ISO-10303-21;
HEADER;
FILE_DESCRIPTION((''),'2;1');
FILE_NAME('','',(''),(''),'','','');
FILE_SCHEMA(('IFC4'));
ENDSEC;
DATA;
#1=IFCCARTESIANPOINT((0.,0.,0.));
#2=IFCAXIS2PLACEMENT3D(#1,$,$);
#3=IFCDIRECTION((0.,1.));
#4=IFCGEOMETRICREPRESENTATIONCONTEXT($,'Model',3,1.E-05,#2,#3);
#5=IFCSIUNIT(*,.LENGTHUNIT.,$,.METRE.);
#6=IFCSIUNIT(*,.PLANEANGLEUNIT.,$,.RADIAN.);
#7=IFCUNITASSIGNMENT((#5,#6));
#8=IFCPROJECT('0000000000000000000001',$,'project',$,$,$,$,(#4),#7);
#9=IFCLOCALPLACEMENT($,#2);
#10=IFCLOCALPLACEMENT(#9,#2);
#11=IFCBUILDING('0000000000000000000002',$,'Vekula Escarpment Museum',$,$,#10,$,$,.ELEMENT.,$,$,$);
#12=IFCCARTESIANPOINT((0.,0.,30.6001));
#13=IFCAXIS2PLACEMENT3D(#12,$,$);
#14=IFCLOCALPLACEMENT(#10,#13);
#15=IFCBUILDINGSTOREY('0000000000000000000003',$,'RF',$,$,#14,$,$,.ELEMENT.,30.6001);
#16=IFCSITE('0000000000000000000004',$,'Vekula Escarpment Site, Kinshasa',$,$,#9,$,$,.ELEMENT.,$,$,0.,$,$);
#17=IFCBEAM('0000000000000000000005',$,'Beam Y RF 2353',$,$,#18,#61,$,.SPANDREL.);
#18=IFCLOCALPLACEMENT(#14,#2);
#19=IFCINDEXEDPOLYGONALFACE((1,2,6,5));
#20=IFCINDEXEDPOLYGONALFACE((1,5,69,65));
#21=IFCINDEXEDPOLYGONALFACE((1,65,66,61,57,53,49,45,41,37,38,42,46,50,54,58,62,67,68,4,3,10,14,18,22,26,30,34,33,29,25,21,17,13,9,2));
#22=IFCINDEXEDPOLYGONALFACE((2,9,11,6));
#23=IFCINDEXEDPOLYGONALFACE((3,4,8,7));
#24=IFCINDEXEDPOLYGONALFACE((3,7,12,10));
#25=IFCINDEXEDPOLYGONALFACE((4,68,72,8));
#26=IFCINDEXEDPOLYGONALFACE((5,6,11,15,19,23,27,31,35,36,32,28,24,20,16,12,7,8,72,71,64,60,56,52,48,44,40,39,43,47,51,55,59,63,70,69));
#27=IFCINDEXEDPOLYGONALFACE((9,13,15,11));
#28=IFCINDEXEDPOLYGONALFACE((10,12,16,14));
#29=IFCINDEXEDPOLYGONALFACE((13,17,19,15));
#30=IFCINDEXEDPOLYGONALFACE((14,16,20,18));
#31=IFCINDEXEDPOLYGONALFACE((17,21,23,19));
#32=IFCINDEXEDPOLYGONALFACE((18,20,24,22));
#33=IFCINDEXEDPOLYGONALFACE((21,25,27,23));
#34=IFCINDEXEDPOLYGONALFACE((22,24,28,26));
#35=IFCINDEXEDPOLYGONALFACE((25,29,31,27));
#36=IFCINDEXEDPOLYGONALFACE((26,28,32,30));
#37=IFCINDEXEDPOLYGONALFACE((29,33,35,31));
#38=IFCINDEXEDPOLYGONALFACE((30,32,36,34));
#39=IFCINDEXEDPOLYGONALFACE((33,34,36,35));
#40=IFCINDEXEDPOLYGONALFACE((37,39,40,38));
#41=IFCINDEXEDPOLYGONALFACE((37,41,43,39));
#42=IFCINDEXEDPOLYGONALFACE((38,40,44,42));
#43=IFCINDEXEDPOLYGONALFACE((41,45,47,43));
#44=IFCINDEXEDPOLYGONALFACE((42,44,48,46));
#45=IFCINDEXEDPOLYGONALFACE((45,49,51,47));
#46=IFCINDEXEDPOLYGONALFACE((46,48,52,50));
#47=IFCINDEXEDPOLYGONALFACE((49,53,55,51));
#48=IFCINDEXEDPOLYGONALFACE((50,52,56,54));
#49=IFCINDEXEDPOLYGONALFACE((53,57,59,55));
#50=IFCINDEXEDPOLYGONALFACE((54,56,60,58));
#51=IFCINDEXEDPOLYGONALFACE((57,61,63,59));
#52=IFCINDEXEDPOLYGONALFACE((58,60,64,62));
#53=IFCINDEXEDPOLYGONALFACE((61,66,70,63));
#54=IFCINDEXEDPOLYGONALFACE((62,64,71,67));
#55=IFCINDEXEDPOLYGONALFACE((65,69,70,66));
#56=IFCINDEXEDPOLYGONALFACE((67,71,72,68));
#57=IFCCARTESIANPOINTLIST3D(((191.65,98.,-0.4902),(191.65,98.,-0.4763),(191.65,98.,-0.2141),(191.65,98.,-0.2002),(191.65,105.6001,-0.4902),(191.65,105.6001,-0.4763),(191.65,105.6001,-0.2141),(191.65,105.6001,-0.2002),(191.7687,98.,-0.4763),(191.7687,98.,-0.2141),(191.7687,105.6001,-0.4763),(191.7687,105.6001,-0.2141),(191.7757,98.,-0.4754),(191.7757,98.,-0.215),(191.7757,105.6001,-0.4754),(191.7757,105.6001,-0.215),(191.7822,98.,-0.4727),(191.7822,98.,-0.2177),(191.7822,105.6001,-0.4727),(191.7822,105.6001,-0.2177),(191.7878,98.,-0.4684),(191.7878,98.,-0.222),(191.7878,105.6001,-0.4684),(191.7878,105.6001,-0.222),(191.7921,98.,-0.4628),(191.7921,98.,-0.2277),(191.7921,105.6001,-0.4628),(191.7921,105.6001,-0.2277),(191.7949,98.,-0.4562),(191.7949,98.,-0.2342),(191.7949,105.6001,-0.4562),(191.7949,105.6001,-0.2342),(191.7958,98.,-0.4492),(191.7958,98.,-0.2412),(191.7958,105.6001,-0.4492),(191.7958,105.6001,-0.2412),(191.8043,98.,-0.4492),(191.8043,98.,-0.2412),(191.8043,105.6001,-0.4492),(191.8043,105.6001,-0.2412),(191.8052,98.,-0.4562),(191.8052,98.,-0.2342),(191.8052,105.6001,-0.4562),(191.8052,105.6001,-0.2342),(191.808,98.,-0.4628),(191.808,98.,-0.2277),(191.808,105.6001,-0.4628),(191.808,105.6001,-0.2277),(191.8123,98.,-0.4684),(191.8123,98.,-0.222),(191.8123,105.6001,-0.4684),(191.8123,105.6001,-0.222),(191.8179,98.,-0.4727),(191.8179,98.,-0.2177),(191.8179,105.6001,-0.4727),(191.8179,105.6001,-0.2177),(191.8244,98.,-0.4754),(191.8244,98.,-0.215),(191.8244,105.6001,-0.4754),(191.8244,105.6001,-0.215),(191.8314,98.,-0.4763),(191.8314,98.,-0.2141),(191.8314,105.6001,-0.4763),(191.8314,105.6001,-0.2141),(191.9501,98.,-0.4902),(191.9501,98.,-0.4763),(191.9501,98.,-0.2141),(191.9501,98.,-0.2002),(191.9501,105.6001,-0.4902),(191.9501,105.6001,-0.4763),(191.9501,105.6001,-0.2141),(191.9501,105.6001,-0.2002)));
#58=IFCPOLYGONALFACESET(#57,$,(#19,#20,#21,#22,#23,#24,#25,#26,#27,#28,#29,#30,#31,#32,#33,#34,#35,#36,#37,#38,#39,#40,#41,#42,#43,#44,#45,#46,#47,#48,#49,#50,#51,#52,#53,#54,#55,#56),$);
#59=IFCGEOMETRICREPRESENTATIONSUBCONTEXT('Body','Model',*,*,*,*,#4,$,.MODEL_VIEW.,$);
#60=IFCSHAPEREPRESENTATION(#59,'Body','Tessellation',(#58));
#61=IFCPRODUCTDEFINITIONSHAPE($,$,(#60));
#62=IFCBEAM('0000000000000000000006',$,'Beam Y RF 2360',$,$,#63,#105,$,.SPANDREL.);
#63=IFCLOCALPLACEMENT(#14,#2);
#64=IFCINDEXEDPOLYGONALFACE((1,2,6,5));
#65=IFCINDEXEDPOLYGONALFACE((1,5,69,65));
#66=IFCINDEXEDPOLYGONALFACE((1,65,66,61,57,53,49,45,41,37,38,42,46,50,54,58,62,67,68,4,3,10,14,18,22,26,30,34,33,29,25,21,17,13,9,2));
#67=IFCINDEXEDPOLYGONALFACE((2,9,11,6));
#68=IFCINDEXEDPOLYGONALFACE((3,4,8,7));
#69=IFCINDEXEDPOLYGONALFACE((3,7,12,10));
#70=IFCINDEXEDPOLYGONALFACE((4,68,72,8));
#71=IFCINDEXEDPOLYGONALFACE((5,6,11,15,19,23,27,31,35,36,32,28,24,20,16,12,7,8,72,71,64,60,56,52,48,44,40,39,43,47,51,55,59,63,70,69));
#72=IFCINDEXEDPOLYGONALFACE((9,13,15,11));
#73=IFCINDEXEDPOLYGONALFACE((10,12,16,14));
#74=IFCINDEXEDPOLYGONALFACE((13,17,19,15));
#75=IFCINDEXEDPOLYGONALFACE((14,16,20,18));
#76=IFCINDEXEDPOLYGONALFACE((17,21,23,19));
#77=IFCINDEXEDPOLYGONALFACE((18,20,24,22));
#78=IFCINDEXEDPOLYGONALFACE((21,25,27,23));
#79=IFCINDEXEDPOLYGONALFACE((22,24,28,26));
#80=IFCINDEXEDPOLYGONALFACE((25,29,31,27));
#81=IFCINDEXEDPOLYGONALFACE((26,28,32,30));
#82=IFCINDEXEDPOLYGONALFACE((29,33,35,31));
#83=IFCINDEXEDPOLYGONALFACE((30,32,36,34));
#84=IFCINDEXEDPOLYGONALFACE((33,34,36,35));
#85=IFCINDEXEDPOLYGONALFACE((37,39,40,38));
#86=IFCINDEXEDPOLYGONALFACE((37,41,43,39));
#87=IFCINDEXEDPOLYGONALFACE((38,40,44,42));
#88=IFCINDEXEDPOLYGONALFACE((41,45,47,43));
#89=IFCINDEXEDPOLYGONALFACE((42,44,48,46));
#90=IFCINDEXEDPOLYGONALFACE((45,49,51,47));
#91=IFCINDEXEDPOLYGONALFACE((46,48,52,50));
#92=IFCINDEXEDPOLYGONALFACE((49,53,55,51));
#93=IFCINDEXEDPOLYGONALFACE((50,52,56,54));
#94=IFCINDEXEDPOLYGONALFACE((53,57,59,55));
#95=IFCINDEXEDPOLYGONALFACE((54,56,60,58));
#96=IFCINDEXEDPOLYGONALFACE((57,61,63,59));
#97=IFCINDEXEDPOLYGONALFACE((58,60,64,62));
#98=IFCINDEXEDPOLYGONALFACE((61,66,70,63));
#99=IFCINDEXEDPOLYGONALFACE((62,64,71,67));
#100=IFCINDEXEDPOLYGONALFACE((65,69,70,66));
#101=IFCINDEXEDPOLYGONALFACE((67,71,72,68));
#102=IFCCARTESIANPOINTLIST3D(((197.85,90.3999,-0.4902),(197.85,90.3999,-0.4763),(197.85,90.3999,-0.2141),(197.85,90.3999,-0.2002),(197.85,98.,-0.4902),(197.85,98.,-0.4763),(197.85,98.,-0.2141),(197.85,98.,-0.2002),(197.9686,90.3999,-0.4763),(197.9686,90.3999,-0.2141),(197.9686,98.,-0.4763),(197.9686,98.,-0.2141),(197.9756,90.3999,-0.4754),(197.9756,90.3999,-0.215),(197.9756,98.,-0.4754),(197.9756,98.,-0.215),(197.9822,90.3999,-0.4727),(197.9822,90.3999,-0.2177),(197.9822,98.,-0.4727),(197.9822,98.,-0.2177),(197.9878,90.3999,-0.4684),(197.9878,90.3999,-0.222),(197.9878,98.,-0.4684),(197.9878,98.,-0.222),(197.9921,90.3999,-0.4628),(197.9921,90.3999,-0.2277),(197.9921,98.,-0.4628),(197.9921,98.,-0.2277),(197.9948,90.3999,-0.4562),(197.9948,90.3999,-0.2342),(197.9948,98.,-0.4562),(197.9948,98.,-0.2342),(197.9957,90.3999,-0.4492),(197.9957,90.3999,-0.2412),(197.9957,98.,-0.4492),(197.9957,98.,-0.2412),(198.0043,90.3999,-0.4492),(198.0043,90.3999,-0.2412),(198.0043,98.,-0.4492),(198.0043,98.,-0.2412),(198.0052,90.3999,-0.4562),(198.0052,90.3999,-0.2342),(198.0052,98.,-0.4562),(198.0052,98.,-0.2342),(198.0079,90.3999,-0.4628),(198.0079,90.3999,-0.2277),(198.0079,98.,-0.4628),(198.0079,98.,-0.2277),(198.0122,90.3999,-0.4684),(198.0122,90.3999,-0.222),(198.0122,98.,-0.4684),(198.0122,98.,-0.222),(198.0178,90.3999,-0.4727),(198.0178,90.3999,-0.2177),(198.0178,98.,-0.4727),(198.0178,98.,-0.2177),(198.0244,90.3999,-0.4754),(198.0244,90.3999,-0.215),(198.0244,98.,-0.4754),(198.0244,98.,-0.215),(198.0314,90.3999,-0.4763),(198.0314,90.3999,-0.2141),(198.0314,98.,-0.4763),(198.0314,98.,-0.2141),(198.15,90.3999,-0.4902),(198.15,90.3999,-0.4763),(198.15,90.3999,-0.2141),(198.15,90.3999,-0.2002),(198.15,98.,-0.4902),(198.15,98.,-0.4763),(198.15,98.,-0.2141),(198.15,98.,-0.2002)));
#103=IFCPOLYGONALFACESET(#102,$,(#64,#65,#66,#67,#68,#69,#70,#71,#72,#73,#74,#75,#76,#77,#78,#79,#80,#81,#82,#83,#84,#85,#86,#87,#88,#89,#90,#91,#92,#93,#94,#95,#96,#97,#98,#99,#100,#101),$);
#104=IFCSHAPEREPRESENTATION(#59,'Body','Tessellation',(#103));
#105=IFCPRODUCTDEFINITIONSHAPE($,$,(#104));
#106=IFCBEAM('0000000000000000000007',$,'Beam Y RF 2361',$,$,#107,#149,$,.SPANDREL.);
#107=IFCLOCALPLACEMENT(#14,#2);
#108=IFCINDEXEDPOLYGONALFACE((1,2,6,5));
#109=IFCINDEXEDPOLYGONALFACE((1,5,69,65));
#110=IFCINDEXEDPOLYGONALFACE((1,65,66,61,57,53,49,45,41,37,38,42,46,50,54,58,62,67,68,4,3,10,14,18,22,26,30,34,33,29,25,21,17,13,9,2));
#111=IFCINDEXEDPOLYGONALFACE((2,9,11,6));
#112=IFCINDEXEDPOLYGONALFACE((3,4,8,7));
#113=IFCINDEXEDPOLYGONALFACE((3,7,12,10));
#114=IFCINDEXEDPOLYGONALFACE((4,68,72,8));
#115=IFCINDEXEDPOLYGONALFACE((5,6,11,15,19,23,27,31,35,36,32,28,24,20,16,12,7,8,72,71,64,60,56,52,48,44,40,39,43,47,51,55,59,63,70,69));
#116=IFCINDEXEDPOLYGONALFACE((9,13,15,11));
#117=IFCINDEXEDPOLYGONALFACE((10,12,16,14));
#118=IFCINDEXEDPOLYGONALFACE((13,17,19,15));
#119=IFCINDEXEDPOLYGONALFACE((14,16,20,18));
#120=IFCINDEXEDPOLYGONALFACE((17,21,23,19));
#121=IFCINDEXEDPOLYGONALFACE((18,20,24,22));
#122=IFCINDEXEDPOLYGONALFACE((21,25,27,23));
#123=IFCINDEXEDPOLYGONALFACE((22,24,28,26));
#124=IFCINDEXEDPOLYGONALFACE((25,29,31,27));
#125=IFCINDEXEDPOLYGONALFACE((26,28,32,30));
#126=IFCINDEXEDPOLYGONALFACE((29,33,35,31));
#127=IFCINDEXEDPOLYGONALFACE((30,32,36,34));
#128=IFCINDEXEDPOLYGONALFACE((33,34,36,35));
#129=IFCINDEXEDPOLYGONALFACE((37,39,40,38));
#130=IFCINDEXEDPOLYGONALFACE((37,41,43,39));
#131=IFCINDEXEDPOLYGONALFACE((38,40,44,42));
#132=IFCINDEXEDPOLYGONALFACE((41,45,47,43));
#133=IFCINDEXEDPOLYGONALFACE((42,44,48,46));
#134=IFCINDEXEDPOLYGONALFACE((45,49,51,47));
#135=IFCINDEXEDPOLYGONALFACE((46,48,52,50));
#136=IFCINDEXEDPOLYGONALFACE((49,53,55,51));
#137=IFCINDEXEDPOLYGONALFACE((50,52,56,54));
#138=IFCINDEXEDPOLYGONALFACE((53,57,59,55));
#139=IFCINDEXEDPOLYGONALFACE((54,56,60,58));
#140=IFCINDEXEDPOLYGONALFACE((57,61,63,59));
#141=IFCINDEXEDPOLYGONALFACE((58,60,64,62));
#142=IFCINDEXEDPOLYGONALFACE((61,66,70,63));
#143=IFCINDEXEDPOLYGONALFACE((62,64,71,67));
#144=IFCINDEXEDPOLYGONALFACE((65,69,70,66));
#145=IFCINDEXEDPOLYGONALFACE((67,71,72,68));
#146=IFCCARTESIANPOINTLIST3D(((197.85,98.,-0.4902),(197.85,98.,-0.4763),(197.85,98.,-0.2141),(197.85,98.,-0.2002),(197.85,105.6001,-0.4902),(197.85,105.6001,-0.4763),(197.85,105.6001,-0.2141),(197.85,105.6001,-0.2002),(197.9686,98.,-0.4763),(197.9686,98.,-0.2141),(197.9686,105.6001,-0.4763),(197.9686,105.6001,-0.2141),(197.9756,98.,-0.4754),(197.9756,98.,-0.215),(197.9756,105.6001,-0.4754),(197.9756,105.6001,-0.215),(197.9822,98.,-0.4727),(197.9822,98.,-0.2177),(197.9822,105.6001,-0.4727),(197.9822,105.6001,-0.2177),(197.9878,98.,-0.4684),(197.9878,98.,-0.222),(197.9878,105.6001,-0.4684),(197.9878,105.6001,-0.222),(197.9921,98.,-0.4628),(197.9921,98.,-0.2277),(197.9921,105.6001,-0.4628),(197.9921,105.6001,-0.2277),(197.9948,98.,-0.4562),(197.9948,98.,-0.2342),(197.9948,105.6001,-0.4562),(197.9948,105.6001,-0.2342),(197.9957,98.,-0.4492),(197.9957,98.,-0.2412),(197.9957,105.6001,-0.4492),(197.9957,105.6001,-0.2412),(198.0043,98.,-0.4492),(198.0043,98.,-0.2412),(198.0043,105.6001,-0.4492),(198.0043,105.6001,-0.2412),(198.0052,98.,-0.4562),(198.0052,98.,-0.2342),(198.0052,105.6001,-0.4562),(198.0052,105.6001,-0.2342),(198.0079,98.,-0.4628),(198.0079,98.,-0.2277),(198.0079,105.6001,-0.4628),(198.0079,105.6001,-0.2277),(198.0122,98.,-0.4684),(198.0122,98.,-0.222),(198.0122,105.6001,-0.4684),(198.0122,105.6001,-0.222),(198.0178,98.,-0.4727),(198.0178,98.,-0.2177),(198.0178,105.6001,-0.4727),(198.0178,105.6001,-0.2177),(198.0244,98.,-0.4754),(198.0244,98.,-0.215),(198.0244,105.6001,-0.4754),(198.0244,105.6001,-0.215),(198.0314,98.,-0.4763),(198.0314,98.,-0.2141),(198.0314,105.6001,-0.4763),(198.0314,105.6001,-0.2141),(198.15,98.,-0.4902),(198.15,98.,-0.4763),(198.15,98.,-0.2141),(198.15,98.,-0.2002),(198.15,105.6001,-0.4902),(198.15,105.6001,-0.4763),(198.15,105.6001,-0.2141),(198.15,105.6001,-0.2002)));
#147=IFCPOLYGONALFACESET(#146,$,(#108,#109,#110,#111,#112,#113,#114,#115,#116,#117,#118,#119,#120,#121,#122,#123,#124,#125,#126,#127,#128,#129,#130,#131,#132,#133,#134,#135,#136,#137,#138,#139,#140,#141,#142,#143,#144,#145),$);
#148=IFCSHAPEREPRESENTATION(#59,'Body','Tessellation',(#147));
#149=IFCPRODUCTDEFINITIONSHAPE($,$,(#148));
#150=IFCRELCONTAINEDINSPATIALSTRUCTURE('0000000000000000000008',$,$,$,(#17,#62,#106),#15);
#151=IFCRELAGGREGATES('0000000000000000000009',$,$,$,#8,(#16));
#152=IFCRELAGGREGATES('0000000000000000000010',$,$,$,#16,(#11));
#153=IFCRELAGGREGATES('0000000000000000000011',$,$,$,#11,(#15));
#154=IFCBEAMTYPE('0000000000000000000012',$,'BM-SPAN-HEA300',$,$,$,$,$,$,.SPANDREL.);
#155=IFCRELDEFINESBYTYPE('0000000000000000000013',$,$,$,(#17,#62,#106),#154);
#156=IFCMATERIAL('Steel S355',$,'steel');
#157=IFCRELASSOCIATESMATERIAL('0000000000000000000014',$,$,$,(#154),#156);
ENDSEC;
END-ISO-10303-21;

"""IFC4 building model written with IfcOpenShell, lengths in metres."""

from ifc_helpers import new_model, si_unit, direction, frame, origin, origin_2d, place, context, subcontext, project, spatial, i_section, extrude, material, material_profile, profile_set, type_object, element, save


model = new_model("IFC4")

# Units and contexts
model_context = context("Model", 3, precision=1e-05, world=origin(), true_north=direction((0.0, 1.0)))
body_context = subcontext(model_context, "Body", "Model", "MODEL_VIEW")
ifc_project = project(units=[si_unit("LENGTHUNIT", "METRE"), si_unit("PLANEANGLEUNIT", "RADIAN")], contexts=[model_context])

# Site, building, storey
site_placement = place(None, origin())
site = spatial("IfcSite", under=ifc_project, at=site_placement, Name="Vekula Escarpment Site, Kinshasa", CompositionType="ELEMENT", RefElevation=0.0)
building_placement = place(site_placement, origin())
building = spatial("IfcBuilding", under=site, at=building_placement, Name="Vekula Escarpment Museum", CompositionType="ELEMENT")
storey_placement = place(building_placement, frame((0.0, 0.0, 30.6001)))
storey = spatial("IfcBuildingStorey", under=building, at=storey_placement, Name="RF", CompositionType="ELEMENT", Elevation=30.6001)

# Beams
ifc_material_1 = material(Name="Steel S355", Category="steel")
ifc_material_profile_1 = material_profile(ifc_material_1, i_section(OverallWidth=0.3, OverallDepth=0.29, WebThickness=0.0085, FlangeThickness=0.0139, FilletRadius=0.0271, at=origin_2d()), Name="HEA 300")
ifc_profile_set_1 = profile_set([ifc_material_profile_1], Name="Steel S355")
beam_type_1 = type_object("IfcBeamType", Name="BM-SPAN-HEA300", PredefinedType="SPANDREL", material=ifc_profile_set_1)
for number, where, z_axis, x_axis, name in (
    (1, (191.8, 98.0, -0.3452), (0.0, 1.0, 0.0), (-1.0, 0.0, 0.0), "Beam Y RF 2353"),
    (2, (198.0, 90.3999, -0.3452), (0.0, 1.0, 0.0), (-1.0, 0.0, 0.0), "Beam Y RF 2360"),
    (3, (198.0, 98.0, -0.3452), (0.0, 1.0, 0.0), (-1.0, 0.0, 0.0), "Beam Y RF 2361"),
):
    element("IfcBeam", number, at=place(storey_placement, frame(where, z_axis=z_axis, x_axis=x_axis)), inside=storey, type_object=beam_type_1, Name=name, PredefinedType="SPANDREL", context=body_context, shape_type="SweptSolid", body=[
        extrude(i_section(OverallWidth=0.3, OverallDepth=0.29, WebThickness=0.0085, FlangeThickness=0.0139, FilletRadius=0.0271, at=origin_2d()), origin(), (0.0, 0.0, 1.0), 7.6001),
    ])

save(model, "model.ifc")
